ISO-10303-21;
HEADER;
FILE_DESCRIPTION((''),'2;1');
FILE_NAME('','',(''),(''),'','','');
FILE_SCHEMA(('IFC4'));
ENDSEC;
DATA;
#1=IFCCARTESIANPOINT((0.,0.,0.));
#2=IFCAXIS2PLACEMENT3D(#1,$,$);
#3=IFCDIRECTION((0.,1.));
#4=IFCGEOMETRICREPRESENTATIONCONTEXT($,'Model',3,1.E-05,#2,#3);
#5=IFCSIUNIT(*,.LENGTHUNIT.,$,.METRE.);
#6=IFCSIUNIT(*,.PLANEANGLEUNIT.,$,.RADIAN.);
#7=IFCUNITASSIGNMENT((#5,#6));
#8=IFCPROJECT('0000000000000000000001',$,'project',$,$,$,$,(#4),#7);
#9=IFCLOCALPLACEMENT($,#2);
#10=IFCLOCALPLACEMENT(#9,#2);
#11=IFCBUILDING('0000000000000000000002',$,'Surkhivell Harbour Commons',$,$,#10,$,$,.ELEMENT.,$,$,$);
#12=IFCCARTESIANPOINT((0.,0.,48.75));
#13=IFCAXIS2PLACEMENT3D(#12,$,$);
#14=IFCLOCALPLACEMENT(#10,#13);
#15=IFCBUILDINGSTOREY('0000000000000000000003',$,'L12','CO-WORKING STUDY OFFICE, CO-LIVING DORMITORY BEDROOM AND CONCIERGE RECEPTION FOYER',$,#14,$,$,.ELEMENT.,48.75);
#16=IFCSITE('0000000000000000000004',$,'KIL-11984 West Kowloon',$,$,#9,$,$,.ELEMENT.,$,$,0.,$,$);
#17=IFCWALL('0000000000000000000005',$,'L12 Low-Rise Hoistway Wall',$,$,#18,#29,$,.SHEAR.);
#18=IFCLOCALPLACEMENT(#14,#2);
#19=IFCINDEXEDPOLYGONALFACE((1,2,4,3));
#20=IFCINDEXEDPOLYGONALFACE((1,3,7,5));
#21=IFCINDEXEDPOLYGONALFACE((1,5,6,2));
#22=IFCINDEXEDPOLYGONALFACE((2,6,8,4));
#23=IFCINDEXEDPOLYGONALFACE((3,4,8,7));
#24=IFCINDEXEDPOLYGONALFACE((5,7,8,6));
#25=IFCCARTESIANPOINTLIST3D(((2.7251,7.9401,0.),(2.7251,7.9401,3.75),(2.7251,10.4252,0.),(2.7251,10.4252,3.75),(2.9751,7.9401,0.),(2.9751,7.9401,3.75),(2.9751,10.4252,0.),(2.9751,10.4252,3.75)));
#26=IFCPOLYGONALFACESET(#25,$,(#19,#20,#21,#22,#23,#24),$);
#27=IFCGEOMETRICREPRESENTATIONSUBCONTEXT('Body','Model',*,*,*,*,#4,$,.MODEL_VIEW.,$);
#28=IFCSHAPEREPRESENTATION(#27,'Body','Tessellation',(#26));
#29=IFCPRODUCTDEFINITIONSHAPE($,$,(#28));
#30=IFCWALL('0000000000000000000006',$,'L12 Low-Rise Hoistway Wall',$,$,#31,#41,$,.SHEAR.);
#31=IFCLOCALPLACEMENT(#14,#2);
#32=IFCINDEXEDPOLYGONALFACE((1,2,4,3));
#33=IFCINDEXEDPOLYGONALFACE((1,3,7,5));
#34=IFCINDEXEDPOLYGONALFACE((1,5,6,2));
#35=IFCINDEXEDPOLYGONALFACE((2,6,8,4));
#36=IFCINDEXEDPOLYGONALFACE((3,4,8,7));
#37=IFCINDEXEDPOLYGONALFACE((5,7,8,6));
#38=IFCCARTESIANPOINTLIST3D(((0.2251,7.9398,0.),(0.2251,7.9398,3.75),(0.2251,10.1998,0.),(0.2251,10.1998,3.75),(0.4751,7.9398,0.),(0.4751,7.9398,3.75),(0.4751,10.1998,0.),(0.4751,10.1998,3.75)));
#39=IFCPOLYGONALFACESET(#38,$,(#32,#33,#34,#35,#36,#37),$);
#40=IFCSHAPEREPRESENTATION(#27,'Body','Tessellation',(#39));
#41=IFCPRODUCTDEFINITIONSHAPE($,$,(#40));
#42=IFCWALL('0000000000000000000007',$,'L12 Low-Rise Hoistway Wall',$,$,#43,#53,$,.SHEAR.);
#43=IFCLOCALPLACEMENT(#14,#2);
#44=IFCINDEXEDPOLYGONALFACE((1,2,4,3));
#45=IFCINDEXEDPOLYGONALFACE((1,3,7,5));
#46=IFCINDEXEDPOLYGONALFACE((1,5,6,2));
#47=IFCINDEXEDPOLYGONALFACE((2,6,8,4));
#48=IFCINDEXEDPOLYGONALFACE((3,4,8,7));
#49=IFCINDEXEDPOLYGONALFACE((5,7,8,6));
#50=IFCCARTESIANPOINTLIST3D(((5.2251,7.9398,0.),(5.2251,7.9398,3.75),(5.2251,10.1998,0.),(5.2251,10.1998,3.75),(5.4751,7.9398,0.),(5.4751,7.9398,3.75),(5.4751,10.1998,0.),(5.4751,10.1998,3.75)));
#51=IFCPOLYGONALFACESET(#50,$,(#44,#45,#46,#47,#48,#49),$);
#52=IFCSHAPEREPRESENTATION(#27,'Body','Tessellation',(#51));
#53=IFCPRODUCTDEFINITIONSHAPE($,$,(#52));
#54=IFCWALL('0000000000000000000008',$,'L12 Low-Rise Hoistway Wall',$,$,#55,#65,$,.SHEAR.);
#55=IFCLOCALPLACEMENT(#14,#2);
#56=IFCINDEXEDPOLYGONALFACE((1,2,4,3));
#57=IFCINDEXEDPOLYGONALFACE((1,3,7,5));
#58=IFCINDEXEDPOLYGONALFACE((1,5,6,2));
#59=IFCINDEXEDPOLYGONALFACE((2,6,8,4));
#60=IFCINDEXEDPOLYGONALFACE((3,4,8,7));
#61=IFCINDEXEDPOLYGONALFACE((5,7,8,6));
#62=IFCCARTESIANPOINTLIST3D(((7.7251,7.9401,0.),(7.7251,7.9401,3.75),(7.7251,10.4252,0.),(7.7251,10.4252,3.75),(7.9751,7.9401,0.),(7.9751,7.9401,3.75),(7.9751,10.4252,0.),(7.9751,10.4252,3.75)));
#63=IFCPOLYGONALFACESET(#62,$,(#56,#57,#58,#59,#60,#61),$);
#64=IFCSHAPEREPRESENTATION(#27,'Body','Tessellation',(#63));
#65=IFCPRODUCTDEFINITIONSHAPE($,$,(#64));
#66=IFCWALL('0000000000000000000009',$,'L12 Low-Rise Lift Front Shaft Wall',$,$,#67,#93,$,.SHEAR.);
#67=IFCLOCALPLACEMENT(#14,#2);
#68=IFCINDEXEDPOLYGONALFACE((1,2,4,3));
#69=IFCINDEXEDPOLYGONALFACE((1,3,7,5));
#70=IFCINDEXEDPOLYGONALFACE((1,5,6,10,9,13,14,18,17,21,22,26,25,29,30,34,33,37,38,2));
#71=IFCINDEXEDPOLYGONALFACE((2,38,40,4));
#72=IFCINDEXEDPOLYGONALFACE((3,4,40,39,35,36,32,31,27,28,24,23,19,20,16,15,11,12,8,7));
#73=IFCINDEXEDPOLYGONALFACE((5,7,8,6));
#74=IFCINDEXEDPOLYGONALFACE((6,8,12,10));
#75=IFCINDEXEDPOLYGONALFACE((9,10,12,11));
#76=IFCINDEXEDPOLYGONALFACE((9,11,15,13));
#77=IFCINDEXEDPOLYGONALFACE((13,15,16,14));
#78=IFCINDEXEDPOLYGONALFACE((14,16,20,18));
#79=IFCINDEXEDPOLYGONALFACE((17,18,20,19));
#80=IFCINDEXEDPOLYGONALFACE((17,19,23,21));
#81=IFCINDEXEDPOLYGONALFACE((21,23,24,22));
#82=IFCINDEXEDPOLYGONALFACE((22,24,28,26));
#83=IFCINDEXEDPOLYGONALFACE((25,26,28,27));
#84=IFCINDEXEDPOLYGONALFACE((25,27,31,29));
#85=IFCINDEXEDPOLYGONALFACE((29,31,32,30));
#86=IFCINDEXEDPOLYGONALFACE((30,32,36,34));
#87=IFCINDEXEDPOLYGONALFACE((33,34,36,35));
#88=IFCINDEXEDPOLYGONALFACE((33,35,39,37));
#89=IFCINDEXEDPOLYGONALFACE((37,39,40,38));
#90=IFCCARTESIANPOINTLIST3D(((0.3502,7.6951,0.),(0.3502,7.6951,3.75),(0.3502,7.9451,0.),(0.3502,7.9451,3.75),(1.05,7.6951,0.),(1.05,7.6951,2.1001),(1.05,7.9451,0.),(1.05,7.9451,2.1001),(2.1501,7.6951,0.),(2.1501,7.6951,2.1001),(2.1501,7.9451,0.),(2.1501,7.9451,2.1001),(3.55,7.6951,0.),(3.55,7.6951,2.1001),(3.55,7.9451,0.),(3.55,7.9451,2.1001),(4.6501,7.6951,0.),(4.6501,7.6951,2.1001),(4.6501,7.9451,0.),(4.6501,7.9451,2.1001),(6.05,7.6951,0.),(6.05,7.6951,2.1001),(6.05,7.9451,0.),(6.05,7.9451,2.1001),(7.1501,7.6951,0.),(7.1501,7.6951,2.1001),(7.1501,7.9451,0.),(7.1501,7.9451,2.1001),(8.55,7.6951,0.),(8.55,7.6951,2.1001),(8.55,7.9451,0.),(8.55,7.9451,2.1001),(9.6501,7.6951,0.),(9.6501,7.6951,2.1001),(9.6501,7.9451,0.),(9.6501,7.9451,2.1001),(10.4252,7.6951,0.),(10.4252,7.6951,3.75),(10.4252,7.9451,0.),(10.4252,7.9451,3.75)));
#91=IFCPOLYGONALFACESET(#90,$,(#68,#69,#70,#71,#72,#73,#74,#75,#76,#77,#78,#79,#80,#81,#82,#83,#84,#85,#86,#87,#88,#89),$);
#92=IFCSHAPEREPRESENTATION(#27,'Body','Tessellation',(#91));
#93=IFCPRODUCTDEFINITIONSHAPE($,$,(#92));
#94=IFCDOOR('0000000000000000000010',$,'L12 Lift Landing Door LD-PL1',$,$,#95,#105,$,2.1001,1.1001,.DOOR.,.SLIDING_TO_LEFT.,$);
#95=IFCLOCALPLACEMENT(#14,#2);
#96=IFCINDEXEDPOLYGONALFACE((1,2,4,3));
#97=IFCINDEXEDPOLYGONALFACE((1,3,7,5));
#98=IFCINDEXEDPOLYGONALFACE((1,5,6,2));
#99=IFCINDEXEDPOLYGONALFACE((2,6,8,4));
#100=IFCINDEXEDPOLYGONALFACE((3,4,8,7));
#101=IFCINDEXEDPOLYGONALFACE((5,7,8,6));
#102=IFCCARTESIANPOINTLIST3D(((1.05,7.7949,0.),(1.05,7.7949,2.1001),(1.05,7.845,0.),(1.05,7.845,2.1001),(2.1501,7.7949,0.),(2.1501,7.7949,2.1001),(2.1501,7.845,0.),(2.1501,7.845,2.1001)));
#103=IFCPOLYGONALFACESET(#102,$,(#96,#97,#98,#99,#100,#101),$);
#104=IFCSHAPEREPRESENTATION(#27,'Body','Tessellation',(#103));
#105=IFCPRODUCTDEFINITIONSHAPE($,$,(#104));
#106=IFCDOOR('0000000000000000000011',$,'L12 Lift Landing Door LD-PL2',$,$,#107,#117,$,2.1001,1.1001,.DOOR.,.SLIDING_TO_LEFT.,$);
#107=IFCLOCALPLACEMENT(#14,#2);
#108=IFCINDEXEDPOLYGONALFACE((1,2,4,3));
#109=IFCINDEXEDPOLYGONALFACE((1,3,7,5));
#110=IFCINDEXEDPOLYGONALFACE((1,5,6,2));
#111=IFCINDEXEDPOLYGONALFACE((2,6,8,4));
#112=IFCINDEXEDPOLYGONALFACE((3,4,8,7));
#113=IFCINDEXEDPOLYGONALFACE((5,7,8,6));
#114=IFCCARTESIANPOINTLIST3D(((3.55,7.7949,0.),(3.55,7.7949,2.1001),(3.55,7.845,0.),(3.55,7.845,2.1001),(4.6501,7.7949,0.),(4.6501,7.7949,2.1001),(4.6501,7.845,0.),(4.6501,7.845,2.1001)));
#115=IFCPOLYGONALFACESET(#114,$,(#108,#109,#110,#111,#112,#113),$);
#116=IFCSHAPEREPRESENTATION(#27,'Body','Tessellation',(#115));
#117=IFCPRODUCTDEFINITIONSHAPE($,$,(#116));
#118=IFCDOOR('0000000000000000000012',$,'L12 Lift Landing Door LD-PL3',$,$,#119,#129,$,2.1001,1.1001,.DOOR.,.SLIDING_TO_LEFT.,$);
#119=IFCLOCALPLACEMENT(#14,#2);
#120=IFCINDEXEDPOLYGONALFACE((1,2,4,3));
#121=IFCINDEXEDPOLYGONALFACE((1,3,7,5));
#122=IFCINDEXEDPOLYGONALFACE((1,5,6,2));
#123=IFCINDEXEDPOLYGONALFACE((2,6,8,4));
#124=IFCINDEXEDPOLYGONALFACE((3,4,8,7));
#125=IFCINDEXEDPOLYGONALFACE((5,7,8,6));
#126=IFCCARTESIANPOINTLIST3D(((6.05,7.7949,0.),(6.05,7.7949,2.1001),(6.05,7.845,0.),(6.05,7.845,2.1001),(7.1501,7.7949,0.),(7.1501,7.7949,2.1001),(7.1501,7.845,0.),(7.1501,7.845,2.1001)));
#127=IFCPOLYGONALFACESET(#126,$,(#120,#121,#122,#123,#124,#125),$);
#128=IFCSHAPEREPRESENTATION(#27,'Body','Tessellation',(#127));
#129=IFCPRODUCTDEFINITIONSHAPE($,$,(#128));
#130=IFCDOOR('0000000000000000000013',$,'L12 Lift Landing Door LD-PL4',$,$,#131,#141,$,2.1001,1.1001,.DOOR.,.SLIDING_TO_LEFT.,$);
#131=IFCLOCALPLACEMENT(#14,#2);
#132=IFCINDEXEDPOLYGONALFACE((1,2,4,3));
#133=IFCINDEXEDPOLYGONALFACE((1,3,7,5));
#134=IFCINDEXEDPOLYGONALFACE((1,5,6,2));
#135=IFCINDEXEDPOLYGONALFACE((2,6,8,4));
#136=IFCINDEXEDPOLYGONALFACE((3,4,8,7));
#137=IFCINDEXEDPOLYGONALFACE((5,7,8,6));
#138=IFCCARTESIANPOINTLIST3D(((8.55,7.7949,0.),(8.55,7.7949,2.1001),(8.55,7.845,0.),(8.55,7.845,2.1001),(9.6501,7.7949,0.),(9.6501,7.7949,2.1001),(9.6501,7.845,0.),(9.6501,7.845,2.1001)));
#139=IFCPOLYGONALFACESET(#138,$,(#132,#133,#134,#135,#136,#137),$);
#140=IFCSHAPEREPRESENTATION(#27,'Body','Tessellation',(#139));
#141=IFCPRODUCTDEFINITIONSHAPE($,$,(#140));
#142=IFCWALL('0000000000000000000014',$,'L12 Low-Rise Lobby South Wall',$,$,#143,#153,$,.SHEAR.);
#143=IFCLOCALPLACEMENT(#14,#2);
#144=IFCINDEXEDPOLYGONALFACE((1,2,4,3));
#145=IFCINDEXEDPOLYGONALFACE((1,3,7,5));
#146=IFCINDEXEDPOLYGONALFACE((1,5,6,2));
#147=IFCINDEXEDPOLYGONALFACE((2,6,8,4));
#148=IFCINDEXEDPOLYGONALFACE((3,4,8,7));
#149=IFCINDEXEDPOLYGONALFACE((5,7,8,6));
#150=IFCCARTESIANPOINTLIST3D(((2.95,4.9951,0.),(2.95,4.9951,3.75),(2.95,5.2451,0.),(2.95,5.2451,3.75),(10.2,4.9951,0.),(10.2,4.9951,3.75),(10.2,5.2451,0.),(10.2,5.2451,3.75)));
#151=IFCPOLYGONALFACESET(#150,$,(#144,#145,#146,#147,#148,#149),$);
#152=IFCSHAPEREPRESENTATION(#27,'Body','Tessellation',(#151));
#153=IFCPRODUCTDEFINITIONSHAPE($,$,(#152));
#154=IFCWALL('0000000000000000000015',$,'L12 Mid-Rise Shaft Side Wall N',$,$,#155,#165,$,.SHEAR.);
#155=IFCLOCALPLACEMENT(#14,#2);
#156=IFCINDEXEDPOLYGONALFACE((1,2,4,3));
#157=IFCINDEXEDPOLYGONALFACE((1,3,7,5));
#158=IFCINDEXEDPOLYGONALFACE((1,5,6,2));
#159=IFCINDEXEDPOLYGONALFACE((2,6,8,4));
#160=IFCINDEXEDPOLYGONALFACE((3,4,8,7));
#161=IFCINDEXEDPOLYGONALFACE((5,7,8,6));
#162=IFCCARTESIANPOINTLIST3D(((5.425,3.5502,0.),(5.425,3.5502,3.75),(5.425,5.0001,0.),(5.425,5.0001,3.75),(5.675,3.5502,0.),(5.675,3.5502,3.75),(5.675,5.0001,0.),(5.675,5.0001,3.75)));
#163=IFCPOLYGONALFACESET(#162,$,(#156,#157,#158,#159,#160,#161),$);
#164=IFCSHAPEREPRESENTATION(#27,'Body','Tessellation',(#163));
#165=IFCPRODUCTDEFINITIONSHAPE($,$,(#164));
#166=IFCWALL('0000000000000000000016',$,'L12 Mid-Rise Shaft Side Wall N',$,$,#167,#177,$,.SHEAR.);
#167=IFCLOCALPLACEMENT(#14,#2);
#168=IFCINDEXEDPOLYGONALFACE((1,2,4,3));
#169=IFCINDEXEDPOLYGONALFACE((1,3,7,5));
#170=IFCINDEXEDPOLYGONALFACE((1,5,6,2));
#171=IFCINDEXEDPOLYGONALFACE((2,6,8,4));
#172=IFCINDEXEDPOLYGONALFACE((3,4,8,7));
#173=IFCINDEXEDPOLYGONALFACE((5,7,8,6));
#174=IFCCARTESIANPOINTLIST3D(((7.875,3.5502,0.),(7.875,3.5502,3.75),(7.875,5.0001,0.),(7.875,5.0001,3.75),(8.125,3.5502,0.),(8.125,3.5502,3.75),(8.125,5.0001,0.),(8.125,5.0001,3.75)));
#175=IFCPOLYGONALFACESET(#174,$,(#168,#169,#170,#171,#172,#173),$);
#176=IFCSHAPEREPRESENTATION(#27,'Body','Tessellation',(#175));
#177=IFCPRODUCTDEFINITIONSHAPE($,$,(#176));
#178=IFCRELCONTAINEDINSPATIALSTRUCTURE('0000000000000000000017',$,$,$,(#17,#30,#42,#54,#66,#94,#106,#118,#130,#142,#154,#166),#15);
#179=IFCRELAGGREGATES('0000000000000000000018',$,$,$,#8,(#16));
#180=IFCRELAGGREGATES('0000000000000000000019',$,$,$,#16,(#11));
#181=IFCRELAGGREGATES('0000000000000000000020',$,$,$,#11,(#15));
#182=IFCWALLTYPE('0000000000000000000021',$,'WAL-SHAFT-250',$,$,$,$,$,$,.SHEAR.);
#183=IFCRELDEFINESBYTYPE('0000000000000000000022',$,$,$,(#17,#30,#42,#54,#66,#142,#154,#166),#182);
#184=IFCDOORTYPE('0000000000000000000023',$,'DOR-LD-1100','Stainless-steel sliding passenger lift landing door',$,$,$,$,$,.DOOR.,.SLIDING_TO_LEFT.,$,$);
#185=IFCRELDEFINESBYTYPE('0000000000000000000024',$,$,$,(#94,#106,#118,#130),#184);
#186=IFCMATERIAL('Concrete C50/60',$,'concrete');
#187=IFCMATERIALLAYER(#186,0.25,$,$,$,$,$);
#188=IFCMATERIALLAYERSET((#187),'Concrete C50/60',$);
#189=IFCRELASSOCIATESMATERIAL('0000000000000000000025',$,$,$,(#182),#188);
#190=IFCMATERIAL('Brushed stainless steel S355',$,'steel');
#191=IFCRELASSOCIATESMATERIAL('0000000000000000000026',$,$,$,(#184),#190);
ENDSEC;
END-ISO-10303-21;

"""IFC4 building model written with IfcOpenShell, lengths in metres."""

from ifc_helpers import new_model, si_unit, direction, frame, frame_2d, origin, place, context, subcontext, project, spatial, rectangle, extrude, material, layer, layer_set, type_object, element, fill, save


model = new_model("IFC4")

# Units and contexts
model_context = context("Model", 3, precision=1e-05, world=origin(), true_north=direction((0.0, 1.0)))
body_context = subcontext(model_context, "Body", "Model", "MODEL_VIEW")
ifc_project = project(units=[si_unit("LENGTHUNIT", "METRE"), si_unit("PLANEANGLEUNIT", "RADIAN")], contexts=[model_context])

# Site, building, storey
site_placement = place(None, origin())
site = spatial("IfcSite", under=ifc_project, at=site_placement, Name="KIL-11984 West Kowloon", CompositionType="ELEMENT", RefElevation=0.0)
building_placement = place(site_placement, origin())
building = spatial("IfcBuilding", under=site, at=building_placement, Name="Surkhivell Harbour Commons", CompositionType="ELEMENT")
storey_placement = place(building_placement, frame((0.0, 0.0, 48.75)))
storey = spatial("IfcBuildingStorey", under=building, at=storey_placement, Name="L12", Description="CO-WORKING STUDY OFFICE, CO-LIVING DORMITORY BEDROOM AND CONCIERGE RECEPTION FOYER", CompositionType="ELEMENT", Elevation=48.75)

# Walls
ifc_material_1 = material(Name="Concrete C50/60", Category="concrete")
ifc_layer_1 = layer(ifc_material_1, 0.25)
ifc_layer_set_1 = layer_set([ifc_layer_1], Name="Concrete C50/60")
wall_type_1 = type_object("IfcWallType", Name="WAL-SHAFT-250", PredefinedType="SHEAR", material=ifc_layer_set_1)
wall_1_placement = place(storey_placement, frame((2.8501, 7.9399, 0.0), z_axis=(0.0, 0.0, 1.0), x_axis=(0.0, 1.0, 0.0)))
element("IfcWall", 1, at=wall_1_placement, inside=storey, type_object=wall_type_1, Name="L12 Low-Rise Hoistway Wall", PredefinedType="SHEAR", context=body_context, shape_type="SweptSolid", body=[
    extrude(rectangle(XDim=2.4851, YDim=0.25, at=frame_2d((1.2427, 0.0))), origin(), (0.0, 0.0, 1.0), 3.75),
])
for number, where, z_axis, x_axis, name in (
    (2, (0.3501, 7.9399, 0.0), (0.0, 0.0, 1.0), (0.0, 1.0, 0.0), "L12 Low-Rise Hoistway Wall"),
    (3, (5.3501, 7.9399, 0.0), (0.0, 0.0, 1.0), (0.0, 1.0, 0.0), "L12 Low-Rise Hoistway Wall"),
):
    element("IfcWall", number, at=place(storey_placement, frame(where, z_axis=z_axis, x_axis=x_axis)), inside=storey, type_object=wall_type_1, Name=name, PredefinedType="SHEAR", context=body_context, shape_type="SweptSolid", body=[
        extrude(rectangle(XDim=2.26, YDim=0.25, at=frame_2d((1.1299, 0.0))), origin(), (0.0, 0.0, 1.0), 3.75),
    ])
wall_2_placement = place(storey_placement, frame((7.8501, 7.9399, 0.0), z_axis=(0.0, 0.0, 1.0), x_axis=(0.0, 1.0, 0.0)))
element("IfcWall", 4, at=wall_2_placement, inside=storey, type_object=wall_type_1, Name="L12 Low-Rise Hoistway Wall", PredefinedType="SHEAR", context=body_context, shape_type="SweptSolid", body=[
    extrude(rectangle(XDim=2.4851, YDim=0.25, at=frame_2d((1.2427, 0.0))), origin(), (0.0, 0.0, 1.0), 3.75),
])

# Wall, openings, doors
wall_3_placement = place(storey_placement, frame((0.3501, 7.8201, 0.0), z_axis=(0.0, 0.0, 1.0), x_axis=(1.0, 0.0, 0.0)))
wall_3 = element("IfcWall", 5, at=wall_3_placement, inside=storey, type_object=wall_type_1, Name="L12 Low-Rise Lift Front Shaft Wall", PredefinedType="SHEAR", context=body_context, shape_type="SweptSolid", body=[
    extrude(rectangle(XDim=10.075, YDim=0.25, at=frame_2d((5.0376, 0.0))), origin(), (0.0, 0.0, 1.0), 3.75),
])
opening_1_placement = place(wall_3_placement, frame((0.7, 0.0, 0.0)))
opening_1 = element("IfcOpeningElement", 6, at=opening_1_placement, cuts=wall_3, PredefinedType="OPENING", context=body_context, shape_type="SweptSolid", body=[
    extrude(rectangle(XDim=1.1001, YDim=2.1001, at=frame_2d((0.55, 1.05))), frame((0.0, 0.135, 0.0), z_axis=(0.0, -1.0, 0.0), x_axis=(1.0, 0.0, 0.0)), (0.0, 0.0, 1.0), 0.27),
])
opening_2_placement = place(wall_3_placement, frame((3.2, 0.0, 0.0)))
opening_2 = element("IfcOpeningElement", 7, at=opening_2_placement, cuts=wall_3, PredefinedType="OPENING", context=body_context, shape_type="SweptSolid", body=[
    extrude(rectangle(XDim=1.1001, YDim=2.1001, at=frame_2d((0.55, 1.05))), frame((0.0, 0.135, 0.0), z_axis=(0.0, -1.0, 0.0), x_axis=(1.0, 0.0, 0.0)), (0.0, 0.0, 1.0), 0.27),
])
opening_3_placement = place(wall_3_placement, frame((5.7, 0.0, 0.0)))
opening_3 = element("IfcOpeningElement", 8, at=opening_3_placement, cuts=wall_3, PredefinedType="OPENING", context=body_context, shape_type="SweptSolid", body=[
    extrude(rectangle(XDim=1.1001, YDim=2.1001, at=frame_2d((0.55, 1.05))), frame((0.0, 0.135, 0.0), z_axis=(0.0, -1.0, 0.0), x_axis=(1.0, 0.0, 0.0)), (0.0, 0.0, 1.0), 0.27),
])
opening_4_placement = place(wall_3_placement, frame((8.2, 0.0, 0.0)))
opening_4 = element("IfcOpeningElement", 9, at=opening_4_placement, cuts=wall_3, PredefinedType="OPENING", context=body_context, shape_type="SweptSolid", body=[
    extrude(rectangle(XDim=1.1001, YDim=2.1001, at=frame_2d((0.55, 1.05))), frame((0.0, 0.135, 0.0), z_axis=(0.0, -1.0, 0.0), x_axis=(1.0, 0.0, 0.0)), (0.0, 0.0, 1.0), 0.27),
])
ifc_material_2 = material(Name="Brushed stainless steel S355", Category="steel")
door_type = type_object("IfcDoorType", Name="DOR-LD-1100", Description="Stainless-steel sliding passenger lift landing door", OperationType="SLIDING_TO_LEFT", PredefinedType="DOOR", material=ifc_material_2)
door_1_placement = place(opening_1_placement, origin())
door_1 = element("IfcDoor", 10, at=door_1_placement, inside=storey, type_object=door_type, Name="L12 Lift Landing Door LD-PL1", OperationType="SLIDING_TO_LEFT", OverallHeight=2.1001, OverallWidth=1.1001, PredefinedType="DOOR", context=body_context, shape_type="SweptSolid", body=[
    extrude(rectangle(XDim=1.1001, YDim=2.1001, at=frame_2d((0.55, 1.05))), frame((0.0, 0.0249, 0.0), z_axis=(0.0, -1.0, 0.0), x_axis=(1.0, 0.0, 0.0)), (0.0, 0.0, 1.0), 0.05),
])
fill(opening_1, door_1)
door_2_placement = place(opening_2_placement, origin())
door_2 = element("IfcDoor", 11, at=door_2_placement, inside=storey, type_object=door_type, Name="L12 Lift Landing Door LD-PL2", OperationType="SLIDING_TO_LEFT", OverallHeight=2.1001, OverallWidth=1.1001, PredefinedType="DOOR", context=body_context, shape_type="SweptSolid", body=[
    extrude(rectangle(XDim=1.1001, YDim=2.1001, at=frame_2d((0.55, 1.05))), frame((0.0, 0.0249, 0.0), z_axis=(0.0, -1.0, 0.0), x_axis=(1.0, 0.0, 0.0)), (0.0, 0.0, 1.0), 0.05),
])
fill(opening_2, door_2)
door_3_placement = place(opening_3_placement, origin())
door_3 = element("IfcDoor", 12, at=door_3_placement, inside=storey, type_object=door_type, Name="L12 Lift Landing Door LD-PL3", OperationType="SLIDING_TO_LEFT", OverallHeight=2.1001, OverallWidth=1.1001, PredefinedType="DOOR", context=body_context, shape_type="SweptSolid", body=[
    extrude(rectangle(XDim=1.1001, YDim=2.1001, at=frame_2d((0.55, 1.05))), frame((0.0, 0.0249, 0.0), z_axis=(0.0, -1.0, 0.0), x_axis=(1.0, 0.0, 0.0)), (0.0, 0.0, 1.0), 0.05),
])
fill(opening_3, door_3)
door_4_placement = place(opening_4_placement, origin())
door_4 = element("IfcDoor", 13, at=door_4_placement, inside=storey, type_object=door_type, Name="L12 Lift Landing Door LD-PL4", OperationType="SLIDING_TO_LEFT", OverallHeight=2.1001, OverallWidth=1.1001, PredefinedType="DOOR", context=body_context, shape_type="SweptSolid", body=[
    extrude(rectangle(XDim=1.1001, YDim=2.1001, at=frame_2d((0.55, 1.05))), frame((0.0, 0.0249, 0.0), z_axis=(0.0, -1.0, 0.0), x_axis=(1.0, 0.0, 0.0)), (0.0, 0.0, 1.0), 0.05),
])
fill(opening_4, door_4)

# Walls
wall_4_placement = place(storey_placement, frame((2.95, 5.1201, 0.0), z_axis=(0.0, 0.0, 1.0), x_axis=(1.0, 0.0, 0.0)))
element("IfcWall", 14, at=wall_4_placement, inside=storey, type_object=wall_type_1, Name="L12 Low-Rise Lobby South Wall", PredefinedType="SHEAR", context=body_context, shape_type="SweptSolid", body=[
    extrude(rectangle(XDim=7.25, YDim=0.25, at=frame_2d((3.625, 0.0))), origin(), (0.0, 0.0, 1.0), 3.75),
])
for number, where, z_axis, x_axis, name in (
    (15, (5.55, 3.55, 0.0), (0.0, 0.0, 1.0), (0.0, 1.0, 0.0), "L12 Mid-Rise Shaft Side Wall N"),
    (16, (8.0, 3.55, 0.0), (0.0, 0.0, 1.0), (0.0, 1.0, 0.0), "L12 Mid-Rise Shaft Side Wall N"),
):
    element("IfcWall", number, at=place(storey_placement, frame(where, z_axis=z_axis, x_axis=x_axis)), inside=storey, type_object=wall_type_1, Name=name, PredefinedType="SHEAR", context=body_context, shape_type="SweptSolid", body=[
        extrude(rectangle(XDim=1.45, YDim=0.25, at=frame_2d((0.7251, 0.0))), origin(), (0.0, 0.0, 1.0), 3.75),
    ])

save(model, "model.ifc")
